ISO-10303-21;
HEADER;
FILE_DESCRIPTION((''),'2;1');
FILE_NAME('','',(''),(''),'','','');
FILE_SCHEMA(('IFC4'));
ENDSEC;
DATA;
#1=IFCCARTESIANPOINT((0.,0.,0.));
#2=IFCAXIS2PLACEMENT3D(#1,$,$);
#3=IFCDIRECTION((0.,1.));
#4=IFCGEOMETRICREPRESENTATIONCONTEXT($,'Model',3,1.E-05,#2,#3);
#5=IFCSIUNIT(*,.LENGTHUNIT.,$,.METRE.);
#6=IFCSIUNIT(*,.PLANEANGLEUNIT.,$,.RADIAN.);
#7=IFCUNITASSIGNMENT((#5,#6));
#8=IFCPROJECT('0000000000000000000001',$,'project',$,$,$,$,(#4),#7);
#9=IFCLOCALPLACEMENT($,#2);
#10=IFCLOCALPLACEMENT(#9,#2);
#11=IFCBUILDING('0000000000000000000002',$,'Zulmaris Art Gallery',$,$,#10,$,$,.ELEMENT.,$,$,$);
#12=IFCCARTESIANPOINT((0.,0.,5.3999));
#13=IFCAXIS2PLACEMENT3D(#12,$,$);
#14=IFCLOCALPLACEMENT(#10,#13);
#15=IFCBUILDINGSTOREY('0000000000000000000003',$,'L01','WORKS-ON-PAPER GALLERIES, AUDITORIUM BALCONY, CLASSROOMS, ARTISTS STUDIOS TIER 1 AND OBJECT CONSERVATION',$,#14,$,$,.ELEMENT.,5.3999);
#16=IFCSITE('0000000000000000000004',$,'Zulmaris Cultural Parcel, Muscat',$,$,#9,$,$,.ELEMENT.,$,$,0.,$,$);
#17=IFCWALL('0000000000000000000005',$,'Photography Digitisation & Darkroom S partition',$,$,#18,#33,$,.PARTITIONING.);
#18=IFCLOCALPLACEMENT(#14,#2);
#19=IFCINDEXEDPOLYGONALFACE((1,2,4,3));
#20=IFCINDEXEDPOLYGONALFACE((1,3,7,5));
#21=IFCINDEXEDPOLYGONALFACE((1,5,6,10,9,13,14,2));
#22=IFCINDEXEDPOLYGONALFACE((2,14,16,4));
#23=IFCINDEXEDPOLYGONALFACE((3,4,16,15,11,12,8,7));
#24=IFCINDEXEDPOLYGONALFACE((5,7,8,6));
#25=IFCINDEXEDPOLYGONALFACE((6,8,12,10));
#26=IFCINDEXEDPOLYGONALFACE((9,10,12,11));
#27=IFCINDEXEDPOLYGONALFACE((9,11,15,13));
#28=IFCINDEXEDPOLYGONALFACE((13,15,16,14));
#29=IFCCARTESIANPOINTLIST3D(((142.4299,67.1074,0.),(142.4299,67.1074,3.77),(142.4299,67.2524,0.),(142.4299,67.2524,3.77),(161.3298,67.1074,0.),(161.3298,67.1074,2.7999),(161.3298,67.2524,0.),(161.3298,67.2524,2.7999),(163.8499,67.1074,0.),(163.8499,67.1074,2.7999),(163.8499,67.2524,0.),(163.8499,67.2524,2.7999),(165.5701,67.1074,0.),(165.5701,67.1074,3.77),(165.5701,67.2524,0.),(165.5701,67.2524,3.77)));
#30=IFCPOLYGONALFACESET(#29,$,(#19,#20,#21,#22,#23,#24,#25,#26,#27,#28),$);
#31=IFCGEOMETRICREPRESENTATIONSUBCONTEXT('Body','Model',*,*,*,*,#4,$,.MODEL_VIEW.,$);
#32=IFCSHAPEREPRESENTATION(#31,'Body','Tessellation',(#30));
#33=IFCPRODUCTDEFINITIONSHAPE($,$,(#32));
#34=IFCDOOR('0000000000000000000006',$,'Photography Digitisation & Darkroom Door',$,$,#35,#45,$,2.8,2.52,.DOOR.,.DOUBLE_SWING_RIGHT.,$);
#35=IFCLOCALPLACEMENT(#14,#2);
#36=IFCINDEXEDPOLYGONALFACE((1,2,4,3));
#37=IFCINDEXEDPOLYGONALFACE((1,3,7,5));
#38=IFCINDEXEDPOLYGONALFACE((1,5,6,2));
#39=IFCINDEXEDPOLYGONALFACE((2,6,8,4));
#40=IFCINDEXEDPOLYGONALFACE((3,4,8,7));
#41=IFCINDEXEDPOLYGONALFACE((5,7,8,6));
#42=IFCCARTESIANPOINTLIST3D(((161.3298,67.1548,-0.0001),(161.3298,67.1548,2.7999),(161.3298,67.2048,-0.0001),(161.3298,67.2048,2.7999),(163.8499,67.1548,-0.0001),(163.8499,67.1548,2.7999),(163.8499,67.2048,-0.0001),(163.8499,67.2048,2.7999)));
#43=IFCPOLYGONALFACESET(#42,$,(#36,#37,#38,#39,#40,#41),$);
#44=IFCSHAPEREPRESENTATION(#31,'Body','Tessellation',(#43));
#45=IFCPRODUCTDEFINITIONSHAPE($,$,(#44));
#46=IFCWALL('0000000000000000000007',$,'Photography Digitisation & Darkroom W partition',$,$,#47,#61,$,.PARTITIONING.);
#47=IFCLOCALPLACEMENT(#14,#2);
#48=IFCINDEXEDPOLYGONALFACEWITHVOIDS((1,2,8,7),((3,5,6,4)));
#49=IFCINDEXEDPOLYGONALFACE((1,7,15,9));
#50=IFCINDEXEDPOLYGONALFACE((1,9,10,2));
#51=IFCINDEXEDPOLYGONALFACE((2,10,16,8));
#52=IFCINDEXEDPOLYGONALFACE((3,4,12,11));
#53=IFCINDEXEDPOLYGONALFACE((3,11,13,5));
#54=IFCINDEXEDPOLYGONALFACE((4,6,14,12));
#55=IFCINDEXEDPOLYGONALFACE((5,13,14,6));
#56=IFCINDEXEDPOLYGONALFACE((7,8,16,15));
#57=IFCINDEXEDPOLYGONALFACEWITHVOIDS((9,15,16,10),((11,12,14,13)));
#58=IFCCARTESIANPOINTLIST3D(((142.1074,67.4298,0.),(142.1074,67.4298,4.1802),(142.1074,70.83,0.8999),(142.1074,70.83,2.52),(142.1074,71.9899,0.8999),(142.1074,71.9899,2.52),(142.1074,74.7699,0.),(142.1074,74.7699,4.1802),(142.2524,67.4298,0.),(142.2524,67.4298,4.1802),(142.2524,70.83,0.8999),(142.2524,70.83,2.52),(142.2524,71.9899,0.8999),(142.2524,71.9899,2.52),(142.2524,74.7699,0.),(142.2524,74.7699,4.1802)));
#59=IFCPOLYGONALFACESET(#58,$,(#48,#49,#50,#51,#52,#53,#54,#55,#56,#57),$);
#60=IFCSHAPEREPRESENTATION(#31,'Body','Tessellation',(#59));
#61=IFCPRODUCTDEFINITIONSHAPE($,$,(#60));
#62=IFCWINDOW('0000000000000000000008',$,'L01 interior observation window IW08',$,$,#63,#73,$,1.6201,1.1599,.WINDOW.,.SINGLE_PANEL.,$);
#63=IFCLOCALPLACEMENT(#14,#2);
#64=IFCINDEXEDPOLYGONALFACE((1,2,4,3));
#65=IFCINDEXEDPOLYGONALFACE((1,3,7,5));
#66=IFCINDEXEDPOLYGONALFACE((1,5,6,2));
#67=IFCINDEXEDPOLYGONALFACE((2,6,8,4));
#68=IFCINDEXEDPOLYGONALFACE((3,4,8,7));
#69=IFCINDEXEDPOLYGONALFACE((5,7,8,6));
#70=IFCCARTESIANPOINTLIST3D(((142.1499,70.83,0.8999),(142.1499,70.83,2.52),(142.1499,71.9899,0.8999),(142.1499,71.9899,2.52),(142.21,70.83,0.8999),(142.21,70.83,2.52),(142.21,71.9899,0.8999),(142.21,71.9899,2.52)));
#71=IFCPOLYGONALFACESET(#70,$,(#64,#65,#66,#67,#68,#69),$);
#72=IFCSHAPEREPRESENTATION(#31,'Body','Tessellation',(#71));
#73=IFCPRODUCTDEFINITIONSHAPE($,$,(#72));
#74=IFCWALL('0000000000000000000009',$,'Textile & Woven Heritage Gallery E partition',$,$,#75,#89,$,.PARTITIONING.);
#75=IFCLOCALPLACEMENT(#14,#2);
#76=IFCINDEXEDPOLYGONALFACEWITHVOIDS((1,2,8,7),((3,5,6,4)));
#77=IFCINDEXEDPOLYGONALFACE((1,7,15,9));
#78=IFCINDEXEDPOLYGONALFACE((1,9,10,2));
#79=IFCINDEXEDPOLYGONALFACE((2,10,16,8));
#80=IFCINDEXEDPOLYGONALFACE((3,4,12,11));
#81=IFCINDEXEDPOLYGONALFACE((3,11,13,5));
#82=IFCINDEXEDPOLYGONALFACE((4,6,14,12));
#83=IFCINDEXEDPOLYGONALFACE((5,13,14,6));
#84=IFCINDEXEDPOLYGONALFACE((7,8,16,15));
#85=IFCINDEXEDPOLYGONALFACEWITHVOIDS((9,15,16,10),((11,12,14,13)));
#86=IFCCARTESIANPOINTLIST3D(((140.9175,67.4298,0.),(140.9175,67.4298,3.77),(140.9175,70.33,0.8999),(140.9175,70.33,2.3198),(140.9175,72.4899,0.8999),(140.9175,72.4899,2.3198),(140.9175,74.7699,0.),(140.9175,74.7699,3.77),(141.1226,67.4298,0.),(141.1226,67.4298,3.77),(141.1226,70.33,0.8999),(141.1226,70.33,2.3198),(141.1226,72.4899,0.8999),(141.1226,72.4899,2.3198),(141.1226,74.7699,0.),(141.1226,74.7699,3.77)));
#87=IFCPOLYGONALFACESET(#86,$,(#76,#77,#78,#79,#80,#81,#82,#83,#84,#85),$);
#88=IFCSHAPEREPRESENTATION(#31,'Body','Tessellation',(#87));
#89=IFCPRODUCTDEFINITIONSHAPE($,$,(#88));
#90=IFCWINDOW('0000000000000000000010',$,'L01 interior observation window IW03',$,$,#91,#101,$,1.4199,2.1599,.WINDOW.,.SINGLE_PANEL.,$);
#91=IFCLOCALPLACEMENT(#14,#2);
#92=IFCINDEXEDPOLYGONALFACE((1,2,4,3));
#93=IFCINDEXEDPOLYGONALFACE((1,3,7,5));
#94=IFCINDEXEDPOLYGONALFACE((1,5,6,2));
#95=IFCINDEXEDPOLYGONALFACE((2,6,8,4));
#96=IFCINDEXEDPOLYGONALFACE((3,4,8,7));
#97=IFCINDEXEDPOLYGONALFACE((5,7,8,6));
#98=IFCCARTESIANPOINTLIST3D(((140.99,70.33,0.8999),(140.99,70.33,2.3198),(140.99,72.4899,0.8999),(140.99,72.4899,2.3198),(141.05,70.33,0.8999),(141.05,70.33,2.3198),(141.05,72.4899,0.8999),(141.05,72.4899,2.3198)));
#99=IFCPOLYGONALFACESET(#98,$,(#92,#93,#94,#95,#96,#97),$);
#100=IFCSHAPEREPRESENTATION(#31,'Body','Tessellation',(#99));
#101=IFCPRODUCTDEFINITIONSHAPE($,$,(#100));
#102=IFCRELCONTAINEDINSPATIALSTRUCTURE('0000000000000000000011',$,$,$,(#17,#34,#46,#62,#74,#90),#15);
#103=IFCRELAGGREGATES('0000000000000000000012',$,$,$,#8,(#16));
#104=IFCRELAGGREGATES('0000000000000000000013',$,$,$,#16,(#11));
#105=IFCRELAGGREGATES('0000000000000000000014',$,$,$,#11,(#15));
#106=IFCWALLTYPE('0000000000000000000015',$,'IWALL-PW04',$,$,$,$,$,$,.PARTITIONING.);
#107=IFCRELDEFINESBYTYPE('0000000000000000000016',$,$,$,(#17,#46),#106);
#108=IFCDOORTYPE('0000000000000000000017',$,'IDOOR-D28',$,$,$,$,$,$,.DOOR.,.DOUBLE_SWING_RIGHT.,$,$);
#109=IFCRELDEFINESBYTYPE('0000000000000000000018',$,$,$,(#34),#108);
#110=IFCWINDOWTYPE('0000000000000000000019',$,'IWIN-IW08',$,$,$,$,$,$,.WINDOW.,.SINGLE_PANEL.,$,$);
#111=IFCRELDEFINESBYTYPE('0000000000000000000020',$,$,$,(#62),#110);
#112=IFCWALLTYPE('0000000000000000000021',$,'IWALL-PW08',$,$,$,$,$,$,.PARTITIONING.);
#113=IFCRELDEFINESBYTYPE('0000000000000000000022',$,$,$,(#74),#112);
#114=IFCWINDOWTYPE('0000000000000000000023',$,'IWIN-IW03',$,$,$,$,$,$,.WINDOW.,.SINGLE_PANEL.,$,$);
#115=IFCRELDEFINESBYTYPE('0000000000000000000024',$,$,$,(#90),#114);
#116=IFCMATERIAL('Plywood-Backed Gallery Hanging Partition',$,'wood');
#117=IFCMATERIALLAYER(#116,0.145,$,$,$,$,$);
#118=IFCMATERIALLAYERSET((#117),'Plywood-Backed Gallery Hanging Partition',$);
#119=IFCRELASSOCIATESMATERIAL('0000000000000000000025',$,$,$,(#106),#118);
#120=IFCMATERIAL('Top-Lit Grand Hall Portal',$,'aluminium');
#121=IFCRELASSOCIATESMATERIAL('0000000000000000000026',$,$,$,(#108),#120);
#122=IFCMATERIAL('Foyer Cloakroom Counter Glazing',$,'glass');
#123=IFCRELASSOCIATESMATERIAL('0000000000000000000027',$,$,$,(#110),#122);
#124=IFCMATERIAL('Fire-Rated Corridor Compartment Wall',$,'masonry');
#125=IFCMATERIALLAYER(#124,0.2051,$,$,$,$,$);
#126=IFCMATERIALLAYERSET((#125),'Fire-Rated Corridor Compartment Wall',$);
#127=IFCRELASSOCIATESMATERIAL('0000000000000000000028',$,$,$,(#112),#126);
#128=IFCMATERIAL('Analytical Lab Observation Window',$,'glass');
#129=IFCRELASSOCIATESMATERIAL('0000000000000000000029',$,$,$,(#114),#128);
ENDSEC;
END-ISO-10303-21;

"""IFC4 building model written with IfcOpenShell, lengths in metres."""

from ifc_helpers import new_model, si_unit, direction, frame, frame_2d, origin, place, context, subcontext, project, spatial, rectangle, extrude, material, layer, layer_set, type_object, element, fill, save


model = new_model("IFC4")

# Units and contexts
model_context = context("Model", 3, precision=1e-05, world=origin(), true_north=direction((0.0, 1.0)))
body_context = subcontext(model_context, "Body", "Model", "MODEL_VIEW")
ifc_project = project(units=[si_unit("LENGTHUNIT", "METRE"), si_unit("PLANEANGLEUNIT", "RADIAN")], contexts=[model_context])

# Site, building, storey
site_placement = place(None, origin())
site = spatial("IfcSite", under=ifc_project, at=site_placement, Name="Zulmaris Cultural Parcel, Muscat", CompositionType="ELEMENT", RefElevation=0.0)
building_placement = place(site_placement, origin())
building = spatial("IfcBuilding", under=site, at=building_placement, Name="Zulmaris Art Gallery", CompositionType="ELEMENT")
storey_placement = place(building_placement, frame((0.0, 0.0, 5.3999)))
storey = spatial("IfcBuildingStorey", under=building, at=storey_placement, Name="L01", Description="WORKS-ON-PAPER GALLERIES, AUDITORIUM BALCONY, CLASSROOMS, ARTISTS STUDIOS TIER 1 AND OBJECT CONSERVATION", CompositionType="ELEMENT", Elevation=5.3999)

# Wall, opening, door
ifc_material_1 = material(Name="Plywood-Backed Gallery Hanging Partition", Category="wood")
ifc_layer_1 = layer(ifc_material_1, 0.145)
ifc_layer_set_1 = layer_set([ifc_layer_1], Name="Plywood-Backed Gallery Hanging Partition")
wall_type_1 = type_object("IfcWallType", Name="IWALL-PW04", PredefinedType="PARTITIONING", material=ifc_layer_set_1)
wall_1_placement = place(storey_placement, frame((142.4299, 67.1799, 0.0), z_axis=(0.0, 0.0, 1.0), x_axis=(1.0, 0.0, 0.0)))
wall_1 = element("IfcWall", 1, at=wall_1_placement, inside=storey, type_object=wall_type_1, Name="Photography Digitisation & Darkroom S partition", PredefinedType="PARTITIONING", context=body_context, shape_type="SweptSolid", body=[
    extrude(rectangle(XDim=23.1401, YDim=0.145, at=frame_2d((11.5701, 0.0))), origin(), (0.0, 0.0, 1.0), 3.77),
])
opening_1_placement = place(wall_1_placement, frame((18.8999, 0.0, 0.0)))
opening_1 = element("IfcOpeningElement", 2, at=opening_1_placement, cuts=wall_1, PredefinedType="OPENING", context=body_context, shape_type="SweptSolid", body=[
    extrude(rectangle(XDim=2.52, YDim=2.8, at=frame_2d((1.26, 1.3999))), frame((0.0, 0.0825, 0.0), z_axis=(0.0, -1.0, 0.0), x_axis=(1.0, 0.0, 0.0)), (0.0, 0.0, 1.0), 0.165),
])
ifc_material_2 = material(Name="Top-Lit Grand Hall Portal", Category="aluminium")
door_type = type_object("IfcDoorType", Name="IDOOR-D28", OperationType="DOUBLE_SWING_RIGHT", PredefinedType="DOOR", material=ifc_material_2)
door_placement = place(opening_1_placement, origin())
door = element("IfcDoor", 3, at=door_placement, inside=storey, type_object=door_type, Name="Photography Digitisation & Darkroom Door", OperationType="DOUBLE_SWING_RIGHT", OverallHeight=2.8, OverallWidth=2.52, PredefinedType="DOOR", context=body_context, shape_type="SweptSolid", body=[
    extrude(rectangle(XDim=2.52, YDim=2.8, at=frame_2d((1.26, 1.3999))), frame((0.0, 0.0249, 0.0), z_axis=(0.0, -1.0, 0.0), x_axis=(1.0, 0.0, 0.0)), (0.0, 0.0, 1.0), 0.05),
])
fill(opening_1, door)

# Walls, openings, windows
wall_2_placement = place(storey_placement, frame((142.1799, 67.4299, 0.0), z_axis=(0.0, 0.0, 1.0), x_axis=(0.0, 1.0, 0.0)))
wall_2 = element("IfcWall", 4, at=wall_2_placement, inside=storey, type_object=wall_type_1, Name="Photography Digitisation & Darkroom W partition", PredefinedType="PARTITIONING", context=body_context, shape_type="SweptSolid", body=[
    extrude(rectangle(XDim=7.3401, YDim=0.145, at=frame_2d((3.6699, 0.0))), origin(), (0.0, 0.0, 1.0), 4.1802),
])
opening_2_placement = place(wall_2_placement, frame((3.3999, 0.0, 0.8999)))
opening_2 = element("IfcOpeningElement", 5, at=opening_2_placement, cuts=wall_2, PredefinedType="OPENING", context=body_context, shape_type="SweptSolid", body=[
    extrude(rectangle(XDim=1.1599, YDim=1.6201, at=frame_2d((0.5801, 0.8101))), frame((0.0, 0.0825, 0.0), z_axis=(0.0, -1.0, 0.0), x_axis=(1.0, 0.0, 0.0)), (0.0, 0.0, 1.0), 0.165),
])
ifc_material_3 = material(Name="Foyer Cloakroom Counter Glazing", Category="glass")
window_type_1 = type_object("IfcWindowType", Name="IWIN-IW08", PartitioningType="SINGLE_PANEL", PredefinedType="WINDOW", material=ifc_material_3)
window_1_placement = place(opening_2_placement, origin())
window_1 = element("IfcWindow", 6, at=window_1_placement, inside=storey, type_object=window_type_1, Name="L01 interior observation window IW08", OverallHeight=1.6201, OverallWidth=1.1599, PartitioningType="SINGLE_PANEL", PredefinedType="WINDOW", context=body_context, shape_type="SweptSolid", body=[
    extrude(rectangle(XDim=1.1599, YDim=1.6201, at=frame_2d((0.5801, 0.8101))), frame((0.0, 0.03, 0.0), z_axis=(0.0, -1.0, 0.0), x_axis=(1.0, 0.0, 0.0)), (0.0, 0.0, 1.0), 0.0601),
])
fill(opening_2, window_1)
ifc_material_4 = material(Name="Fire-Rated Corridor Compartment Wall", Category="masonry")
ifc_layer_2 = layer(ifc_material_4, 0.2051)
ifc_layer_set_2 = layer_set([ifc_layer_2], Name="Fire-Rated Corridor Compartment Wall")
wall_type_2 = type_object("IfcWallType", Name="IWALL-PW08", PredefinedType="PARTITIONING", material=ifc_layer_set_2)
wall_3_placement = place(storey_placement, frame((141.02, 67.4299, 0.0), z_axis=(0.0, 0.0, 1.0), x_axis=(0.0, 1.0, 0.0)))
wall_3 = element("IfcWall", 7, at=wall_3_placement, inside=storey, type_object=wall_type_2, Name="Textile & Woven Heritage Gallery E partition", PredefinedType="PARTITIONING", context=body_context, shape_type="SweptSolid", body=[
    extrude(rectangle(XDim=7.3401, YDim=0.2051, at=frame_2d((3.6699, 0.0))), origin(), (0.0, 0.0, 1.0), 3.77),
])
opening_3_placement = place(wall_3_placement, frame((2.8999, 0.0, 0.8999)))
opening_3 = element("IfcOpeningElement", 8, at=opening_3_placement, cuts=wall_3, PredefinedType="OPENING", context=body_context, shape_type="SweptSolid", body=[
    extrude(rectangle(XDim=2.1599, YDim=1.4199, at=frame_2d((1.0801, 0.71))), frame((0.0, 0.1125, 0.0), z_axis=(0.0, -1.0, 0.0), x_axis=(1.0, 0.0, 0.0)), (0.0, 0.0, 1.0), 0.2251),
])
ifc_material_5 = material(Name="Analytical Lab Observation Window", Category="glass")
window_type_2 = type_object("IfcWindowType", Name="IWIN-IW03", PartitioningType="SINGLE_PANEL", PredefinedType="WINDOW", material=ifc_material_5)
window_2_placement = place(opening_3_placement, origin())
window_2 = element("IfcWindow", 9, at=window_2_placement, inside=storey, type_object=window_type_2, Name="L01 interior observation window IW03", OverallHeight=1.4199, OverallWidth=2.1599, PartitioningType="SINGLE_PANEL", PredefinedType="WINDOW", context=body_context, shape_type="SweptSolid", body=[
    extrude(rectangle(XDim=2.1599, YDim=1.4199, at=frame_2d((1.0801, 0.71))), frame((0.0, 0.03, 0.0), z_axis=(0.0, -1.0, 0.0), x_axis=(1.0, 0.0, 0.0)), (0.0, 0.0, 1.0), 0.0601),
])
fill(opening_3, window_2)

save(model, "model.ifc")
